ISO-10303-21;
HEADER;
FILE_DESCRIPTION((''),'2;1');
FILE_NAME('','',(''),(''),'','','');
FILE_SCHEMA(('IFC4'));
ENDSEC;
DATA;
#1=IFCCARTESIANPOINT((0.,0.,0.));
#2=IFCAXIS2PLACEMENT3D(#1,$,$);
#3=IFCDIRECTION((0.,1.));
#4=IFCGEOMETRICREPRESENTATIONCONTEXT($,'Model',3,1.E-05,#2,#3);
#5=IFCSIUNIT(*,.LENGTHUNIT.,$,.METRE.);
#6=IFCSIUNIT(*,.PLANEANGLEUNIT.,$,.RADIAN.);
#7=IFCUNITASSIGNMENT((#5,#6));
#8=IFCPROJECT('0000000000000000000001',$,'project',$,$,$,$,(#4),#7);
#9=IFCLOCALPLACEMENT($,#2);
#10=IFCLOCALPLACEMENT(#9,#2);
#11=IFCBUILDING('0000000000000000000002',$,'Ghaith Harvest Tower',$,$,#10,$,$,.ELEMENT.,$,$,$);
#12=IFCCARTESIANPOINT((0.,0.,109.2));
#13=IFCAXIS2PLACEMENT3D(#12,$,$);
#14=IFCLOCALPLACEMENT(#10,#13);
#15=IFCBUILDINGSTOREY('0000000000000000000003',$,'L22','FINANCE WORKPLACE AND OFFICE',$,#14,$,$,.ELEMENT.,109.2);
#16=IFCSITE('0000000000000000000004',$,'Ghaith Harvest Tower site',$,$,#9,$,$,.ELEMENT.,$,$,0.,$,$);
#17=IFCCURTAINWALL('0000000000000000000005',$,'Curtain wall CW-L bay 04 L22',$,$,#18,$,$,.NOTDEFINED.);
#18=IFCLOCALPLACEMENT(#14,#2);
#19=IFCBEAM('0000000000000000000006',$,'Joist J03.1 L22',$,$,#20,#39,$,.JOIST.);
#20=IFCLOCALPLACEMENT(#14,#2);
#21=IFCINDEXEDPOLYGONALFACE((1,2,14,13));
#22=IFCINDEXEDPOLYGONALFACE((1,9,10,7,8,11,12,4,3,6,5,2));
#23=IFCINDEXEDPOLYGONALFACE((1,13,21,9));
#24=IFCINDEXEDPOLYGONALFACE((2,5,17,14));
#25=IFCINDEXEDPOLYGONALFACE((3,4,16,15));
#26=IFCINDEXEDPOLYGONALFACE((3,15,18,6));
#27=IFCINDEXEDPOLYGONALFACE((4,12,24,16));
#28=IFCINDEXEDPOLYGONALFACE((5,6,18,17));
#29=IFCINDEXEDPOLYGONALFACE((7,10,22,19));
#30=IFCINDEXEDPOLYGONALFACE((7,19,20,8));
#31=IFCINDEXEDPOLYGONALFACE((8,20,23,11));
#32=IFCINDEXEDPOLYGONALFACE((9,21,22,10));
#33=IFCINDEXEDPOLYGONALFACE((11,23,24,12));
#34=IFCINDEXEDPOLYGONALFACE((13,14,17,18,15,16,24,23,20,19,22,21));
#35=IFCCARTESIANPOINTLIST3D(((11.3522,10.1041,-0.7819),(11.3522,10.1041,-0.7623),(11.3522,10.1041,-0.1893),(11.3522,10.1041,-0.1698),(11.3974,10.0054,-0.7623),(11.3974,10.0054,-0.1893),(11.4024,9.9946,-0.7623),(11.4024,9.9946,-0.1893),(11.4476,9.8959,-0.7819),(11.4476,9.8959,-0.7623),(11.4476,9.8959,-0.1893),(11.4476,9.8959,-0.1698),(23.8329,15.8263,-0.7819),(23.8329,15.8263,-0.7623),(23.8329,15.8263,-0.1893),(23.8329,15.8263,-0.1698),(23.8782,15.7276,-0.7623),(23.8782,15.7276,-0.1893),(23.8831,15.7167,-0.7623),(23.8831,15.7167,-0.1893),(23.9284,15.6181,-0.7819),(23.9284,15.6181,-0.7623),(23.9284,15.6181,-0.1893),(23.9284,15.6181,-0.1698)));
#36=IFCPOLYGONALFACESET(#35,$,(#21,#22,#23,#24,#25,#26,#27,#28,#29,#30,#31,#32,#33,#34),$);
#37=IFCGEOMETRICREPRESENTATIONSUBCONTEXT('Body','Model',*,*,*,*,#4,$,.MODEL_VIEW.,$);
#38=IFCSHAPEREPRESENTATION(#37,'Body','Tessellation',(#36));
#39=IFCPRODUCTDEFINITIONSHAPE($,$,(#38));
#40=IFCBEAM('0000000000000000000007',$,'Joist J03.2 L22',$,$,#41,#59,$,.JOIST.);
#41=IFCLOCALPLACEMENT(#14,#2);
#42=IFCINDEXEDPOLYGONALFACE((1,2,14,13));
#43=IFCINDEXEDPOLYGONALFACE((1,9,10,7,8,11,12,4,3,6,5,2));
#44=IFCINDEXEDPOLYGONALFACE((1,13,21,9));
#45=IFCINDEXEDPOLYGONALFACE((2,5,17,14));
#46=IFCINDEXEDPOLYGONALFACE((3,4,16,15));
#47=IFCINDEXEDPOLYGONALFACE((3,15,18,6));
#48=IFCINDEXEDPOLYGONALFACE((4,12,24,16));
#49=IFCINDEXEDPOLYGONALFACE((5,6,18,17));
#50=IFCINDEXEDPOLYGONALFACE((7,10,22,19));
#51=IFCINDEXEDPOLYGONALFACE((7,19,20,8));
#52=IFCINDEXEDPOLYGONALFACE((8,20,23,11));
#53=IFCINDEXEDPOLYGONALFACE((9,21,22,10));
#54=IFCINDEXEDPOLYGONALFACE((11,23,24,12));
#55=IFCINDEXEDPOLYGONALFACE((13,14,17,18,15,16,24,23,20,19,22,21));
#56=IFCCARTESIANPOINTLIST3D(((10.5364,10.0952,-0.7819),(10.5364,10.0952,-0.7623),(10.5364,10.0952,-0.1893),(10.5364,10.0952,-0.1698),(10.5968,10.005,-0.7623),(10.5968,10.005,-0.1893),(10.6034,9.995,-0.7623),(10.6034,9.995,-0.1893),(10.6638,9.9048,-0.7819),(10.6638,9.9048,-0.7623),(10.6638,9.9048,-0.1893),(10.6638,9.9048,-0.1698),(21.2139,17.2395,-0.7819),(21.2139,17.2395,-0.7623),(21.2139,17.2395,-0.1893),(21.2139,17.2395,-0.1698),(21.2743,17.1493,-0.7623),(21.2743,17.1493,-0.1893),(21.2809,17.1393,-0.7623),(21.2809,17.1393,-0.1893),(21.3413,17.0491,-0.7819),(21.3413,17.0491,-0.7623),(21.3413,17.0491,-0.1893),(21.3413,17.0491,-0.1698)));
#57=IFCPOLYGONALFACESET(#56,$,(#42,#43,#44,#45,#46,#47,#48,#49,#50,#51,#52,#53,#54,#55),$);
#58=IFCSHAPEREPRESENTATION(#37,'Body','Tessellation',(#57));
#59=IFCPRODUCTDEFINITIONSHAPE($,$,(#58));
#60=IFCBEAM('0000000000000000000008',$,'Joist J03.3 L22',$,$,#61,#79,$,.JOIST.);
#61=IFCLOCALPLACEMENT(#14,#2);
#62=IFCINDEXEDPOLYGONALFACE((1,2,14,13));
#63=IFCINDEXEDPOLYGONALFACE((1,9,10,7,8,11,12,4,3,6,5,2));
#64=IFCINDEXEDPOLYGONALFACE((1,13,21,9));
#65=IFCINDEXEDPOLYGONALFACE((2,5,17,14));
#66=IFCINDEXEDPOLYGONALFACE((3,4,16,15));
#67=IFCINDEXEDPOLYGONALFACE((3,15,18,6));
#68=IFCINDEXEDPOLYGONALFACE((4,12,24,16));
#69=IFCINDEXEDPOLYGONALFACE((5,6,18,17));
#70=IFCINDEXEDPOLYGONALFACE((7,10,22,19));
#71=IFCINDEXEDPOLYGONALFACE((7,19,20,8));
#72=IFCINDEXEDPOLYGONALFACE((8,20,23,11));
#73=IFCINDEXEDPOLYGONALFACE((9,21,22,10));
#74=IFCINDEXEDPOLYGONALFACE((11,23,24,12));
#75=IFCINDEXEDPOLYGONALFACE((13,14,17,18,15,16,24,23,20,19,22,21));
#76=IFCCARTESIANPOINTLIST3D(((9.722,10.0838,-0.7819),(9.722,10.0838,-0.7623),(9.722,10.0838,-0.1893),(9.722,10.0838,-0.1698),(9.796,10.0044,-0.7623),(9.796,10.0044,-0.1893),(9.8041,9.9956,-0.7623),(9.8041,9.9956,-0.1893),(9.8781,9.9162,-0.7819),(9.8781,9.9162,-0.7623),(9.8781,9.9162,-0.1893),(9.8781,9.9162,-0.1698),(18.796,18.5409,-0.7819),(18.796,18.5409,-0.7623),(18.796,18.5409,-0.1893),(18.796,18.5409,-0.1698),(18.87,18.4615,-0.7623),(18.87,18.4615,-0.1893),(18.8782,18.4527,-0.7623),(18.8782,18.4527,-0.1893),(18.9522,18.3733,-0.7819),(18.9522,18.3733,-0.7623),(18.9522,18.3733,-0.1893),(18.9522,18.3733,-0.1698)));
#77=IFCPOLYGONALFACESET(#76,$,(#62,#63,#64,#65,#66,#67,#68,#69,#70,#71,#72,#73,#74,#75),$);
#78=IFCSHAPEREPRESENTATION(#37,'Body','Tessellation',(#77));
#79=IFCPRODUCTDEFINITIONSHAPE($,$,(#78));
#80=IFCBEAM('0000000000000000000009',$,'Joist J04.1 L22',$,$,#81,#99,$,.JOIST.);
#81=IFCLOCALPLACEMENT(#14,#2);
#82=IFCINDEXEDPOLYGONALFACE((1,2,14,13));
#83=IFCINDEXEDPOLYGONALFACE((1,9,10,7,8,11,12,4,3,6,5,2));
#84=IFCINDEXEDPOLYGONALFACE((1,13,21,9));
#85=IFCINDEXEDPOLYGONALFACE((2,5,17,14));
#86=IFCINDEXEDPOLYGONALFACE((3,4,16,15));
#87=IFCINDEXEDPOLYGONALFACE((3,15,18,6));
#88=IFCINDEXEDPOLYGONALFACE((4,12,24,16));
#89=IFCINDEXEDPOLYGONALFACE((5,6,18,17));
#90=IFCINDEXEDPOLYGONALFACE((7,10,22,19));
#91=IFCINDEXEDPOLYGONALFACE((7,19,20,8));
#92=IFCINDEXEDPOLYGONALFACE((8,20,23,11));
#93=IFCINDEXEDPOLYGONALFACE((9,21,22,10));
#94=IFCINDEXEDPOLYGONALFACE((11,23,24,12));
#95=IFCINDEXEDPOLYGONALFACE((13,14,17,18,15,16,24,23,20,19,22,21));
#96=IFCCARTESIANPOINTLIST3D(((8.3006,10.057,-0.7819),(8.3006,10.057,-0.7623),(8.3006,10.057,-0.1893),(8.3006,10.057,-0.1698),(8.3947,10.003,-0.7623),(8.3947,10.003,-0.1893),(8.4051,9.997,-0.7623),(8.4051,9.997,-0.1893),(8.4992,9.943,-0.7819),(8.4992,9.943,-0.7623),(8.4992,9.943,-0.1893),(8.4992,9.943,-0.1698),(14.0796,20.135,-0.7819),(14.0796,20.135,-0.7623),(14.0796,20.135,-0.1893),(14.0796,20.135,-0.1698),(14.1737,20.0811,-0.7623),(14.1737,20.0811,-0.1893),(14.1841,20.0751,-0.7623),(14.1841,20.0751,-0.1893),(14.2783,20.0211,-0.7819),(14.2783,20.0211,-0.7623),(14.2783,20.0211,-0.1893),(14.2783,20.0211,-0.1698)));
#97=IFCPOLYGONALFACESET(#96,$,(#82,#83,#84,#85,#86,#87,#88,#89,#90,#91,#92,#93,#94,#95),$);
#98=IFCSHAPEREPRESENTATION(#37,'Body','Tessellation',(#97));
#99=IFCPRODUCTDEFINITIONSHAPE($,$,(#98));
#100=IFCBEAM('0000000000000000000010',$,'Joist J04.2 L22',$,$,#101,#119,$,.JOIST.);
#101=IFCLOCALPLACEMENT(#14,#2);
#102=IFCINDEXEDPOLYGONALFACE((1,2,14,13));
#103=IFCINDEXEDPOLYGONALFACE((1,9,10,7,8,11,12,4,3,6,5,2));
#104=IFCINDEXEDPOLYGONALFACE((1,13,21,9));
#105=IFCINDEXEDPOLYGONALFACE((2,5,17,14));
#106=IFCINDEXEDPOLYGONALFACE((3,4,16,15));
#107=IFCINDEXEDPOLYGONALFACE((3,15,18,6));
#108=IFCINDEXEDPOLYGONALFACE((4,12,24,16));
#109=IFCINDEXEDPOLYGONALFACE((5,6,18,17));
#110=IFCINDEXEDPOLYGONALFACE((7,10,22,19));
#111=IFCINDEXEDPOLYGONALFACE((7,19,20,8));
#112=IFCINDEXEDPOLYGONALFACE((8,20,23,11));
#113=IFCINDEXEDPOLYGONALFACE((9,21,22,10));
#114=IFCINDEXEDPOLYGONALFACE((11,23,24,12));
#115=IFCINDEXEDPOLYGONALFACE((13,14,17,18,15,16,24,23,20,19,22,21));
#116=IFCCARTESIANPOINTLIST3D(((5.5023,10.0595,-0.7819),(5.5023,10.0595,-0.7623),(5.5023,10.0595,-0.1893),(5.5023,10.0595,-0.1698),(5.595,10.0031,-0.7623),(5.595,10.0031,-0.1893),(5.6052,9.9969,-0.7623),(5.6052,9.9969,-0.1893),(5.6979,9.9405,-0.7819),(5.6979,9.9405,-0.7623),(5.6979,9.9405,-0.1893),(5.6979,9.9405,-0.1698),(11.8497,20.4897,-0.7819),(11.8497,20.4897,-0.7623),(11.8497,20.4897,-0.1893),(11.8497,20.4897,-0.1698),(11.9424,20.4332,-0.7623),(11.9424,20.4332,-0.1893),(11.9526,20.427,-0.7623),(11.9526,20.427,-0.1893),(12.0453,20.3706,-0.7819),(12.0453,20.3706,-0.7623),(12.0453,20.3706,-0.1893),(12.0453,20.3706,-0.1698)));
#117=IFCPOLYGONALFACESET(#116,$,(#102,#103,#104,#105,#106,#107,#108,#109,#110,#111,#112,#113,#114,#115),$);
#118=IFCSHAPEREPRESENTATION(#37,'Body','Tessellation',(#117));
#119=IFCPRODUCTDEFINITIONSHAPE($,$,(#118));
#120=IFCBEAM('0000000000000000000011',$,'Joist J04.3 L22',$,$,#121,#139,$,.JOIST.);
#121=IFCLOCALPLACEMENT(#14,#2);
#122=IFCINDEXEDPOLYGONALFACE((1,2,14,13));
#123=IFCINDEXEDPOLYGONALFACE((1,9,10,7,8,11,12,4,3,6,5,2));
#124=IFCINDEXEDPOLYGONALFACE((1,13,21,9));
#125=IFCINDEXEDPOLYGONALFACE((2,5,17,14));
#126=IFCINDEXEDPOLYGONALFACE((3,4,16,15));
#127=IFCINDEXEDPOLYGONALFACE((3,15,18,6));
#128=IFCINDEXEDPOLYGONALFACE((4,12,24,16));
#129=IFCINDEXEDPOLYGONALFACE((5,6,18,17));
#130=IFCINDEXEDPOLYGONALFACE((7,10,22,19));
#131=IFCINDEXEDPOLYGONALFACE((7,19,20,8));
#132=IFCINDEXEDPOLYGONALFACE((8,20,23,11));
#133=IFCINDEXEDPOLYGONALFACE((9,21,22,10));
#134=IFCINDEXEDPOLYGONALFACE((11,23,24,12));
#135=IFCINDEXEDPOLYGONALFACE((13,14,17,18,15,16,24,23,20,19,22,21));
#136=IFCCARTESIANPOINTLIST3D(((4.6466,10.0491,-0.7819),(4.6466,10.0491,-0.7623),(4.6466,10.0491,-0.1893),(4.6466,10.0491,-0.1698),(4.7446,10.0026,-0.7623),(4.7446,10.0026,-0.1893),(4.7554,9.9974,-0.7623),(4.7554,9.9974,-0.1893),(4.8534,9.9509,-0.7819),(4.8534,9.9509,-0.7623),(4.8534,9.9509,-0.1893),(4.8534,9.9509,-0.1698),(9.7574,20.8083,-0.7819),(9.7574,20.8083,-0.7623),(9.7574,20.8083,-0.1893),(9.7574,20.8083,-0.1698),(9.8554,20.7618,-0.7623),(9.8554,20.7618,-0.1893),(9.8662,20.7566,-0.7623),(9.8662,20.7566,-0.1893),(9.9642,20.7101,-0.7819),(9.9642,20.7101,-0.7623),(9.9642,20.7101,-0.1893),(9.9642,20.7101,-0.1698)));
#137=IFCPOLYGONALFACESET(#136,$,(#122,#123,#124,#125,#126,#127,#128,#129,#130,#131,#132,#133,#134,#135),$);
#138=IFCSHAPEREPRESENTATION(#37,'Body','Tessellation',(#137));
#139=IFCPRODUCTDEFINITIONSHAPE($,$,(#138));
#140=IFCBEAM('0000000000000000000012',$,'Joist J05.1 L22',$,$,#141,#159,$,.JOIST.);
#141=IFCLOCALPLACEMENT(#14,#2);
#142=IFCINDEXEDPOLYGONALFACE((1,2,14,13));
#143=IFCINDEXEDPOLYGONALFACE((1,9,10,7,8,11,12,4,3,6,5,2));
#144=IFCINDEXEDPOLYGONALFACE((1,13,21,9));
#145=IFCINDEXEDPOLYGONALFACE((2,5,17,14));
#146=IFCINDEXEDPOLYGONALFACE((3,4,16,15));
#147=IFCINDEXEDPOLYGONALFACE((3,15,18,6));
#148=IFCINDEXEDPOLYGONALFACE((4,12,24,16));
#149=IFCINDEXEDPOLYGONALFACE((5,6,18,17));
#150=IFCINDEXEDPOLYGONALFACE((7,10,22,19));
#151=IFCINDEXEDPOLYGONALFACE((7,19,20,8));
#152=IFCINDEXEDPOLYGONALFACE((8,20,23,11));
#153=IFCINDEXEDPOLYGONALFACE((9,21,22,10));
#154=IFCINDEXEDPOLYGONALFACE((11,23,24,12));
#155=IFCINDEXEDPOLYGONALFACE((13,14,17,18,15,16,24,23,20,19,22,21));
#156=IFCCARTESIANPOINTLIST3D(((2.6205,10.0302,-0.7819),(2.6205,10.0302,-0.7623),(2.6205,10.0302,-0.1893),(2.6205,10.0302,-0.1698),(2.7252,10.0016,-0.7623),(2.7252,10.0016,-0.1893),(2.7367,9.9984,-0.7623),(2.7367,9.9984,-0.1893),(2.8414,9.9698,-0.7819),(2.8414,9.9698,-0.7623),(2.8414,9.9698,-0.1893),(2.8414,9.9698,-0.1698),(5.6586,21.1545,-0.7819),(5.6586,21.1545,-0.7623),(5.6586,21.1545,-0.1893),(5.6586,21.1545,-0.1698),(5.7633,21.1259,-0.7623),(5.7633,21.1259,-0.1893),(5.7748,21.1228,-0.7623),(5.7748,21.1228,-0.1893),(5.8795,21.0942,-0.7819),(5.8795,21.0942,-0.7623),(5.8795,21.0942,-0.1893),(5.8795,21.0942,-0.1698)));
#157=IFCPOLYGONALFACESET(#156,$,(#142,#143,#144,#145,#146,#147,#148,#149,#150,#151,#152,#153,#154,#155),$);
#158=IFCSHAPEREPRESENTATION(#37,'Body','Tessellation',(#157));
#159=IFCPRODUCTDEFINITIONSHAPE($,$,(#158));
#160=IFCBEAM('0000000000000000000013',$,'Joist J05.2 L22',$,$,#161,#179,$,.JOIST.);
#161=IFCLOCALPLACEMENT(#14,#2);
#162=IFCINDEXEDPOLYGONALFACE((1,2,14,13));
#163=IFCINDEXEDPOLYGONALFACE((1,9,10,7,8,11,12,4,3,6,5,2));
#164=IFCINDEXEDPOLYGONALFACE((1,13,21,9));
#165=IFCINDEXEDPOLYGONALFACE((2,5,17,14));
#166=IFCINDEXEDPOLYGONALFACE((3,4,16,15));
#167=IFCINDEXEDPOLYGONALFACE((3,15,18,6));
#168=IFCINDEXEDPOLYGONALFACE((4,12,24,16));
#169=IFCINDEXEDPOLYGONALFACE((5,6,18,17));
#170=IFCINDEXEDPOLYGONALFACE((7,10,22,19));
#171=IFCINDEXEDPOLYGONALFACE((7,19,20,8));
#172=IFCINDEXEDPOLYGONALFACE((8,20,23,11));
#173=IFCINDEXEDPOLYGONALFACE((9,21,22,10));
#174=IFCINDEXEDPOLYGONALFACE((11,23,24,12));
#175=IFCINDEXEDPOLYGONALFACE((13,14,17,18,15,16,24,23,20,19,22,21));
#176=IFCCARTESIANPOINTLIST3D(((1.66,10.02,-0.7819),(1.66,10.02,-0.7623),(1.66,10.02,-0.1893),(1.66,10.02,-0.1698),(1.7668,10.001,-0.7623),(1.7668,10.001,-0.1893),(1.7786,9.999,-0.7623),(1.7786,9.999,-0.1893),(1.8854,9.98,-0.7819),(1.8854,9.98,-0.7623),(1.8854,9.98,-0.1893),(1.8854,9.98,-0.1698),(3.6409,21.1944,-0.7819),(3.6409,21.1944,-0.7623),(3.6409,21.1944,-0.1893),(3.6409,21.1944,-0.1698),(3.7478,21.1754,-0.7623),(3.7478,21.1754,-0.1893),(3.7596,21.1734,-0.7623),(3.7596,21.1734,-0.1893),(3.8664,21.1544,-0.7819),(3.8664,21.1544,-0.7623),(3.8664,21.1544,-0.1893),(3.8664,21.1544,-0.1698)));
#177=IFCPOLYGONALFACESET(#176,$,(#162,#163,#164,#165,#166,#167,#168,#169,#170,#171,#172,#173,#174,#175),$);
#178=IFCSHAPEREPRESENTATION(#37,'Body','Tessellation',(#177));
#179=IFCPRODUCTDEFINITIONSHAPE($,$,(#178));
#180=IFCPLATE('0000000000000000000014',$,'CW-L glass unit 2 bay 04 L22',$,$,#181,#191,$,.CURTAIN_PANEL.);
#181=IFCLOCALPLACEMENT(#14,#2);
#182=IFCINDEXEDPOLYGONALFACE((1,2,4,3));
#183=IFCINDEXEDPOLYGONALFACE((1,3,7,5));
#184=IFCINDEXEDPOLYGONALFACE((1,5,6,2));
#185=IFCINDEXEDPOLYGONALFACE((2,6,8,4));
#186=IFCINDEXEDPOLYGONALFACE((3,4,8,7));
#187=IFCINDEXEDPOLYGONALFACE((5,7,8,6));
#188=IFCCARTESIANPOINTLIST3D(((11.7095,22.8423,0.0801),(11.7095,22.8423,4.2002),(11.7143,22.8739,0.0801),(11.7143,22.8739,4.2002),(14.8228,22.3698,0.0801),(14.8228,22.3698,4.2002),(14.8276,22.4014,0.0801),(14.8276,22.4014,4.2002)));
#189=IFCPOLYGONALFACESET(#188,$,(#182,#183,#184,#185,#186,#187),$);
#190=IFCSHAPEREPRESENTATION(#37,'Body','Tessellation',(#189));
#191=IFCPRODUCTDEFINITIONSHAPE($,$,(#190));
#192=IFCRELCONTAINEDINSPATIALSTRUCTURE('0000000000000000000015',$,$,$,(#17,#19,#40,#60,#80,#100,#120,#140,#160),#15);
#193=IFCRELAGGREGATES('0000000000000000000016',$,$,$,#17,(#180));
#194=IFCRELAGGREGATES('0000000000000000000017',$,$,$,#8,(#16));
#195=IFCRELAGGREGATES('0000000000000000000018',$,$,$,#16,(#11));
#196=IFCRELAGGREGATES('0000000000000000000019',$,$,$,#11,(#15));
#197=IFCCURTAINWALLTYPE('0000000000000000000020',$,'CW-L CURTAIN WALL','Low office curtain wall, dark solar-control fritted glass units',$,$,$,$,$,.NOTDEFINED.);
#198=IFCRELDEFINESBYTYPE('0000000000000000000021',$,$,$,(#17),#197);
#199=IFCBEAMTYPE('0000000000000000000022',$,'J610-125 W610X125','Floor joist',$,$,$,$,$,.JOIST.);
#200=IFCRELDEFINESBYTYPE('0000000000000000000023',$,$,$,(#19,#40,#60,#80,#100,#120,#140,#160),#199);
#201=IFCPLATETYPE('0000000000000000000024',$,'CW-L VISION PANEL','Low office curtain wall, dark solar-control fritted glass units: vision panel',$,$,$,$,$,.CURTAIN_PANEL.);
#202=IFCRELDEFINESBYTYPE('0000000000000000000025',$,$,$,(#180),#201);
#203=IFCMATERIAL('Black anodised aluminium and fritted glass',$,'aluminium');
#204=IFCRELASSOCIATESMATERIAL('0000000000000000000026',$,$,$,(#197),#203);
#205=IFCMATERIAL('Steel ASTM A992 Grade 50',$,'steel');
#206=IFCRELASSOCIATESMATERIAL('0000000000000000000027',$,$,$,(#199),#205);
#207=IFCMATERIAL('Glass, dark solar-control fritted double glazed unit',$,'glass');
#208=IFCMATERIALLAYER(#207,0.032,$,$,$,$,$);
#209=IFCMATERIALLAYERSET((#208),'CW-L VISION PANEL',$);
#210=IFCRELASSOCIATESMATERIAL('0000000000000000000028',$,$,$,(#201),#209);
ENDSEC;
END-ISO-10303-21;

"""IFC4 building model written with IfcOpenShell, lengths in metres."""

from ifc_helpers import new_model, si_unit, direction, frame, origin, origin_2d, place, context, subcontext, project, spatial, rectangle, i_section, extrude, material, layer, layer_set, material_profile, profile_set, type_object, element, aggregate, save


model = new_model("IFC4")

# Units and contexts
model_context = context("Model", 3, precision=1e-05, world=origin(), true_north=direction((0.0, 1.0)))
body_context = subcontext(model_context, "Body", "Model", "MODEL_VIEW")
ifc_project = project(units=[si_unit("LENGTHUNIT", "METRE"), si_unit("PLANEANGLEUNIT", "RADIAN")], contexts=[model_context])

# Site, building, storey
site_placement = place(None, origin())
site = spatial("IfcSite", under=ifc_project, at=site_placement, Name="Ghaith Harvest Tower site", CompositionType="ELEMENT", RefElevation=0.0)
building_placement = place(site_placement, origin())
building = spatial("IfcBuilding", under=site, at=building_placement, Name="Ghaith Harvest Tower", CompositionType="ELEMENT")
storey_placement = place(building_placement, frame((0.0, 0.0, 109.2)))
storey = spatial("IfcBuildingStorey", under=building, at=storey_placement, Name="L22", Description="FINANCE WORKPLACE AND OFFICE", CompositionType="ELEMENT", Elevation=109.2)

# Curtain wall
ifc_material_1 = material(Name="Black anodised aluminium and fritted glass", Category="aluminium")
curtain_wall_type = type_object("IfcCurtainWallType", Name="CW-L CURTAIN WALL", Description="Low office curtain wall, dark solar-control fritted glass units", PredefinedType="NOTDEFINED", material=ifc_material_1)
curtain_wall_1_placement = place(storey_placement, origin())
curtain_wall_1 = element("IfcCurtainWall", 1, at=curtain_wall_1_placement, inside=storey, type_object=curtain_wall_type, Name="Curtain wall CW-L bay 04 L22", PredefinedType="NOTDEFINED")

# Beams
ifc_material_2 = material(Name="Steel ASTM A992 Grade 50", Category="steel")
ifc_material_profile_1 = material_profile(ifc_material_2, i_section(OverallWidth=0.229, OverallDepth=0.6121, WebThickness=0.012, FlangeThickness=0.0195, at=origin_2d()), Name="W610X125")
ifc_profile_set_1 = profile_set([ifc_material_profile_1], Name="Steel ASTM A992 Grade 50")
beam_type_1 = type_object("IfcBeamType", Name="J610-125 W610X125", Description="Floor joist", PredefinedType="JOIST", material=ifc_profile_set_1)
beam_1_placement = place(storey_placement, frame((11.3999, 10.0, -0.4758), z_axis=(0.909014, 0.416766, 0.0), x_axis=(-0.416766, 0.909014, 0.0)))
element("IfcBeam", 2, at=beam_1_placement, inside=storey, type_object=beam_type_1, Name="Joist J03.1 L22", PredefinedType="JOIST", context=body_context, shape_type="SweptSolid", body=[
    extrude(i_section(OverallWidth=0.229, OverallDepth=0.6121, WebThickness=0.012, FlangeThickness=0.0195, at=origin_2d()), origin(), (0.0, 0.0, 1.0), 13.73),
])
beam_2_placement = place(storey_placement, frame((10.6001, 10.0, -0.4758), z_axis=(0.831116, 0.556098, 0.0), x_axis=(-0.556098, 0.831116, 0.0)))
element("IfcBeam", 3, at=beam_2_placement, inside=storey, type_object=beam_type_1, Name="Joist J03.2 L22", PredefinedType="JOIST", context=body_context, shape_type="SweptSolid", body=[
    extrude(i_section(OverallWidth=0.229, OverallDepth=0.6121, WebThickness=0.012, FlangeThickness=0.0195, at=origin_2d()), origin(), (0.0, 0.0, 1.0), 12.8472),
])
beam_3_placement = place(storey_placement, frame((9.8, 10.0, -0.4758), z_axis=(0.731538, 0.681801, 0.0), x_axis=(-0.681801, 0.731538, 0.0)))
element("IfcBeam", 4, at=beam_3_placement, inside=storey, type_object=beam_type_1, Name="Joist J03.3 L22", PredefinedType="JOIST", context=body_context, shape_type="SweptSolid", body=[
    extrude(i_section(OverallWidth=0.229, OverallDepth=0.6121, WebThickness=0.012, FlangeThickness=0.0195, at=origin_2d()), origin(), (0.0, 0.0, 1.0), 12.4041),
])
beam_4_placement = place(storey_placement, frame((8.3999, 10.0, -0.4758), z_axis=(0.497444, 0.867496, 0.0), x_axis=(-0.867496, 0.497444, 0.0)))
element("IfcBeam", 5, at=beam_4_placement, inside=storey, type_object=beam_type_1, Name="Joist J04.1 L22", PredefinedType="JOIST", context=body_context, shape_type="SweptSolid", body=[
    extrude(i_section(OverallWidth=0.229, OverallDepth=0.6121, WebThickness=0.012, FlangeThickness=0.0195, at=origin_2d()), origin(), (0.0, 0.0, 1.0), 11.6174),
])
beam_5_placement = place(storey_placement, frame((5.6001, 10.0, -0.4758), z_axis=(0.519864, 0.854249, 0.0), x_axis=(-0.854249, 0.519864, 0.0)))
element("IfcBeam", 6, at=beam_5_placement, inside=storey, type_object=beam_type_1, Name="Joist J04.2 L22", PredefinedType="JOIST", context=body_context, shape_type="SweptSolid", body=[
    extrude(i_section(OverallWidth=0.229, OverallDepth=0.6121, WebThickness=0.012, FlangeThickness=0.0195, at=origin_2d()), origin(), (0.0, 0.0, 1.0), 12.2097),
])
beam_6_placement = place(storey_placement, frame((4.75, 10.0, -0.4758), z_axis=(0.429069, 0.903272, 0.0), x_axis=(-0.903272, 0.429069, 0.0)))
element("IfcBeam", 7, at=beam_6_placement, inside=storey, type_object=beam_type_1, Name="Joist J04.3 L22", PredefinedType="JOIST", context=body_context, shape_type="SweptSolid", body=[
    extrude(i_section(OverallWidth=0.229, OverallDepth=0.6121, WebThickness=0.012, FlangeThickness=0.0195, at=origin_2d()), origin(), (0.0, 0.0, 1.0), 11.9114),
])
beam_7_placement = place(storey_placement, frame((2.731, 10.0, -0.4758), z_axis=(0.263456, 0.964671, 0.0), x_axis=(-0.964671, 0.263456, 0.0)))
element("IfcBeam", 8, at=beam_7_placement, inside=storey, type_object=beam_type_1, Name="Joist J05.1 L22", PredefinedType="JOIST", context=body_context, shape_type="SweptSolid", body=[
    extrude(i_section(OverallWidth=0.229, OverallDepth=0.6121, WebThickness=0.012, FlangeThickness=0.0195, at=origin_2d()), origin(), (0.0, 0.0, 1.0), 11.5317),
])
beam_8_placement = place(storey_placement, frame((1.7727, 10.0, -0.4758), z_axis=(0.174556, 0.984647, 0.0), x_axis=(-0.984647, 0.174556, 0.0)))
element("IfcBeam", 9, at=beam_8_placement, inside=storey, type_object=beam_type_1, Name="Joist J05.2 L22", PredefinedType="JOIST", context=body_context, shape_type="SweptSolid", body=[
    extrude(i_section(OverallWidth=0.229, OverallDepth=0.6121, WebThickness=0.012, FlangeThickness=0.0195, at=origin_2d()), origin(), (0.0, 0.0, 1.0), 11.3486),
])

# Plate
ifc_material_3 = material(Name="Glass, dark solar-control fritted double glazed unit", Category="glass")
ifc_layer_1 = layer(ifc_material_3, 0.032)
ifc_layer_set_1 = layer_set([ifc_layer_1], Name="CW-L VISION PANEL")
plate_type = type_object("IfcPlateType", Name="CW-L VISION PANEL", Description="Low office curtain wall, dark solar-control fritted glass units: vision panel", PredefinedType="CURTAIN_PANEL", material=ifc_layer_set_1)
plate_1_placement = place(storey_placement, frame((13.2686, 22.6218, 0.0801), z_axis=(0.0, 0.0, 1.0), x_axis=(-0.988679, 0.150048, 0.0)))
plate_1 = element("IfcPlate", 10, at=plate_1_placement, type_object=plate_type, Name="CW-L glass unit 2 bay 04 L22", PredefinedType="CURTAIN_PANEL", context=body_context, shape_type="SweptSolid", body=[
    extrude(rectangle(XDim=3.1489, YDim=0.032, at=origin_2d()), origin(), (0.0, 0.0, 1.0), 4.1201),
])
aggregate(curtain_wall_1, [plate_1])

save(model, "model.ifc")
